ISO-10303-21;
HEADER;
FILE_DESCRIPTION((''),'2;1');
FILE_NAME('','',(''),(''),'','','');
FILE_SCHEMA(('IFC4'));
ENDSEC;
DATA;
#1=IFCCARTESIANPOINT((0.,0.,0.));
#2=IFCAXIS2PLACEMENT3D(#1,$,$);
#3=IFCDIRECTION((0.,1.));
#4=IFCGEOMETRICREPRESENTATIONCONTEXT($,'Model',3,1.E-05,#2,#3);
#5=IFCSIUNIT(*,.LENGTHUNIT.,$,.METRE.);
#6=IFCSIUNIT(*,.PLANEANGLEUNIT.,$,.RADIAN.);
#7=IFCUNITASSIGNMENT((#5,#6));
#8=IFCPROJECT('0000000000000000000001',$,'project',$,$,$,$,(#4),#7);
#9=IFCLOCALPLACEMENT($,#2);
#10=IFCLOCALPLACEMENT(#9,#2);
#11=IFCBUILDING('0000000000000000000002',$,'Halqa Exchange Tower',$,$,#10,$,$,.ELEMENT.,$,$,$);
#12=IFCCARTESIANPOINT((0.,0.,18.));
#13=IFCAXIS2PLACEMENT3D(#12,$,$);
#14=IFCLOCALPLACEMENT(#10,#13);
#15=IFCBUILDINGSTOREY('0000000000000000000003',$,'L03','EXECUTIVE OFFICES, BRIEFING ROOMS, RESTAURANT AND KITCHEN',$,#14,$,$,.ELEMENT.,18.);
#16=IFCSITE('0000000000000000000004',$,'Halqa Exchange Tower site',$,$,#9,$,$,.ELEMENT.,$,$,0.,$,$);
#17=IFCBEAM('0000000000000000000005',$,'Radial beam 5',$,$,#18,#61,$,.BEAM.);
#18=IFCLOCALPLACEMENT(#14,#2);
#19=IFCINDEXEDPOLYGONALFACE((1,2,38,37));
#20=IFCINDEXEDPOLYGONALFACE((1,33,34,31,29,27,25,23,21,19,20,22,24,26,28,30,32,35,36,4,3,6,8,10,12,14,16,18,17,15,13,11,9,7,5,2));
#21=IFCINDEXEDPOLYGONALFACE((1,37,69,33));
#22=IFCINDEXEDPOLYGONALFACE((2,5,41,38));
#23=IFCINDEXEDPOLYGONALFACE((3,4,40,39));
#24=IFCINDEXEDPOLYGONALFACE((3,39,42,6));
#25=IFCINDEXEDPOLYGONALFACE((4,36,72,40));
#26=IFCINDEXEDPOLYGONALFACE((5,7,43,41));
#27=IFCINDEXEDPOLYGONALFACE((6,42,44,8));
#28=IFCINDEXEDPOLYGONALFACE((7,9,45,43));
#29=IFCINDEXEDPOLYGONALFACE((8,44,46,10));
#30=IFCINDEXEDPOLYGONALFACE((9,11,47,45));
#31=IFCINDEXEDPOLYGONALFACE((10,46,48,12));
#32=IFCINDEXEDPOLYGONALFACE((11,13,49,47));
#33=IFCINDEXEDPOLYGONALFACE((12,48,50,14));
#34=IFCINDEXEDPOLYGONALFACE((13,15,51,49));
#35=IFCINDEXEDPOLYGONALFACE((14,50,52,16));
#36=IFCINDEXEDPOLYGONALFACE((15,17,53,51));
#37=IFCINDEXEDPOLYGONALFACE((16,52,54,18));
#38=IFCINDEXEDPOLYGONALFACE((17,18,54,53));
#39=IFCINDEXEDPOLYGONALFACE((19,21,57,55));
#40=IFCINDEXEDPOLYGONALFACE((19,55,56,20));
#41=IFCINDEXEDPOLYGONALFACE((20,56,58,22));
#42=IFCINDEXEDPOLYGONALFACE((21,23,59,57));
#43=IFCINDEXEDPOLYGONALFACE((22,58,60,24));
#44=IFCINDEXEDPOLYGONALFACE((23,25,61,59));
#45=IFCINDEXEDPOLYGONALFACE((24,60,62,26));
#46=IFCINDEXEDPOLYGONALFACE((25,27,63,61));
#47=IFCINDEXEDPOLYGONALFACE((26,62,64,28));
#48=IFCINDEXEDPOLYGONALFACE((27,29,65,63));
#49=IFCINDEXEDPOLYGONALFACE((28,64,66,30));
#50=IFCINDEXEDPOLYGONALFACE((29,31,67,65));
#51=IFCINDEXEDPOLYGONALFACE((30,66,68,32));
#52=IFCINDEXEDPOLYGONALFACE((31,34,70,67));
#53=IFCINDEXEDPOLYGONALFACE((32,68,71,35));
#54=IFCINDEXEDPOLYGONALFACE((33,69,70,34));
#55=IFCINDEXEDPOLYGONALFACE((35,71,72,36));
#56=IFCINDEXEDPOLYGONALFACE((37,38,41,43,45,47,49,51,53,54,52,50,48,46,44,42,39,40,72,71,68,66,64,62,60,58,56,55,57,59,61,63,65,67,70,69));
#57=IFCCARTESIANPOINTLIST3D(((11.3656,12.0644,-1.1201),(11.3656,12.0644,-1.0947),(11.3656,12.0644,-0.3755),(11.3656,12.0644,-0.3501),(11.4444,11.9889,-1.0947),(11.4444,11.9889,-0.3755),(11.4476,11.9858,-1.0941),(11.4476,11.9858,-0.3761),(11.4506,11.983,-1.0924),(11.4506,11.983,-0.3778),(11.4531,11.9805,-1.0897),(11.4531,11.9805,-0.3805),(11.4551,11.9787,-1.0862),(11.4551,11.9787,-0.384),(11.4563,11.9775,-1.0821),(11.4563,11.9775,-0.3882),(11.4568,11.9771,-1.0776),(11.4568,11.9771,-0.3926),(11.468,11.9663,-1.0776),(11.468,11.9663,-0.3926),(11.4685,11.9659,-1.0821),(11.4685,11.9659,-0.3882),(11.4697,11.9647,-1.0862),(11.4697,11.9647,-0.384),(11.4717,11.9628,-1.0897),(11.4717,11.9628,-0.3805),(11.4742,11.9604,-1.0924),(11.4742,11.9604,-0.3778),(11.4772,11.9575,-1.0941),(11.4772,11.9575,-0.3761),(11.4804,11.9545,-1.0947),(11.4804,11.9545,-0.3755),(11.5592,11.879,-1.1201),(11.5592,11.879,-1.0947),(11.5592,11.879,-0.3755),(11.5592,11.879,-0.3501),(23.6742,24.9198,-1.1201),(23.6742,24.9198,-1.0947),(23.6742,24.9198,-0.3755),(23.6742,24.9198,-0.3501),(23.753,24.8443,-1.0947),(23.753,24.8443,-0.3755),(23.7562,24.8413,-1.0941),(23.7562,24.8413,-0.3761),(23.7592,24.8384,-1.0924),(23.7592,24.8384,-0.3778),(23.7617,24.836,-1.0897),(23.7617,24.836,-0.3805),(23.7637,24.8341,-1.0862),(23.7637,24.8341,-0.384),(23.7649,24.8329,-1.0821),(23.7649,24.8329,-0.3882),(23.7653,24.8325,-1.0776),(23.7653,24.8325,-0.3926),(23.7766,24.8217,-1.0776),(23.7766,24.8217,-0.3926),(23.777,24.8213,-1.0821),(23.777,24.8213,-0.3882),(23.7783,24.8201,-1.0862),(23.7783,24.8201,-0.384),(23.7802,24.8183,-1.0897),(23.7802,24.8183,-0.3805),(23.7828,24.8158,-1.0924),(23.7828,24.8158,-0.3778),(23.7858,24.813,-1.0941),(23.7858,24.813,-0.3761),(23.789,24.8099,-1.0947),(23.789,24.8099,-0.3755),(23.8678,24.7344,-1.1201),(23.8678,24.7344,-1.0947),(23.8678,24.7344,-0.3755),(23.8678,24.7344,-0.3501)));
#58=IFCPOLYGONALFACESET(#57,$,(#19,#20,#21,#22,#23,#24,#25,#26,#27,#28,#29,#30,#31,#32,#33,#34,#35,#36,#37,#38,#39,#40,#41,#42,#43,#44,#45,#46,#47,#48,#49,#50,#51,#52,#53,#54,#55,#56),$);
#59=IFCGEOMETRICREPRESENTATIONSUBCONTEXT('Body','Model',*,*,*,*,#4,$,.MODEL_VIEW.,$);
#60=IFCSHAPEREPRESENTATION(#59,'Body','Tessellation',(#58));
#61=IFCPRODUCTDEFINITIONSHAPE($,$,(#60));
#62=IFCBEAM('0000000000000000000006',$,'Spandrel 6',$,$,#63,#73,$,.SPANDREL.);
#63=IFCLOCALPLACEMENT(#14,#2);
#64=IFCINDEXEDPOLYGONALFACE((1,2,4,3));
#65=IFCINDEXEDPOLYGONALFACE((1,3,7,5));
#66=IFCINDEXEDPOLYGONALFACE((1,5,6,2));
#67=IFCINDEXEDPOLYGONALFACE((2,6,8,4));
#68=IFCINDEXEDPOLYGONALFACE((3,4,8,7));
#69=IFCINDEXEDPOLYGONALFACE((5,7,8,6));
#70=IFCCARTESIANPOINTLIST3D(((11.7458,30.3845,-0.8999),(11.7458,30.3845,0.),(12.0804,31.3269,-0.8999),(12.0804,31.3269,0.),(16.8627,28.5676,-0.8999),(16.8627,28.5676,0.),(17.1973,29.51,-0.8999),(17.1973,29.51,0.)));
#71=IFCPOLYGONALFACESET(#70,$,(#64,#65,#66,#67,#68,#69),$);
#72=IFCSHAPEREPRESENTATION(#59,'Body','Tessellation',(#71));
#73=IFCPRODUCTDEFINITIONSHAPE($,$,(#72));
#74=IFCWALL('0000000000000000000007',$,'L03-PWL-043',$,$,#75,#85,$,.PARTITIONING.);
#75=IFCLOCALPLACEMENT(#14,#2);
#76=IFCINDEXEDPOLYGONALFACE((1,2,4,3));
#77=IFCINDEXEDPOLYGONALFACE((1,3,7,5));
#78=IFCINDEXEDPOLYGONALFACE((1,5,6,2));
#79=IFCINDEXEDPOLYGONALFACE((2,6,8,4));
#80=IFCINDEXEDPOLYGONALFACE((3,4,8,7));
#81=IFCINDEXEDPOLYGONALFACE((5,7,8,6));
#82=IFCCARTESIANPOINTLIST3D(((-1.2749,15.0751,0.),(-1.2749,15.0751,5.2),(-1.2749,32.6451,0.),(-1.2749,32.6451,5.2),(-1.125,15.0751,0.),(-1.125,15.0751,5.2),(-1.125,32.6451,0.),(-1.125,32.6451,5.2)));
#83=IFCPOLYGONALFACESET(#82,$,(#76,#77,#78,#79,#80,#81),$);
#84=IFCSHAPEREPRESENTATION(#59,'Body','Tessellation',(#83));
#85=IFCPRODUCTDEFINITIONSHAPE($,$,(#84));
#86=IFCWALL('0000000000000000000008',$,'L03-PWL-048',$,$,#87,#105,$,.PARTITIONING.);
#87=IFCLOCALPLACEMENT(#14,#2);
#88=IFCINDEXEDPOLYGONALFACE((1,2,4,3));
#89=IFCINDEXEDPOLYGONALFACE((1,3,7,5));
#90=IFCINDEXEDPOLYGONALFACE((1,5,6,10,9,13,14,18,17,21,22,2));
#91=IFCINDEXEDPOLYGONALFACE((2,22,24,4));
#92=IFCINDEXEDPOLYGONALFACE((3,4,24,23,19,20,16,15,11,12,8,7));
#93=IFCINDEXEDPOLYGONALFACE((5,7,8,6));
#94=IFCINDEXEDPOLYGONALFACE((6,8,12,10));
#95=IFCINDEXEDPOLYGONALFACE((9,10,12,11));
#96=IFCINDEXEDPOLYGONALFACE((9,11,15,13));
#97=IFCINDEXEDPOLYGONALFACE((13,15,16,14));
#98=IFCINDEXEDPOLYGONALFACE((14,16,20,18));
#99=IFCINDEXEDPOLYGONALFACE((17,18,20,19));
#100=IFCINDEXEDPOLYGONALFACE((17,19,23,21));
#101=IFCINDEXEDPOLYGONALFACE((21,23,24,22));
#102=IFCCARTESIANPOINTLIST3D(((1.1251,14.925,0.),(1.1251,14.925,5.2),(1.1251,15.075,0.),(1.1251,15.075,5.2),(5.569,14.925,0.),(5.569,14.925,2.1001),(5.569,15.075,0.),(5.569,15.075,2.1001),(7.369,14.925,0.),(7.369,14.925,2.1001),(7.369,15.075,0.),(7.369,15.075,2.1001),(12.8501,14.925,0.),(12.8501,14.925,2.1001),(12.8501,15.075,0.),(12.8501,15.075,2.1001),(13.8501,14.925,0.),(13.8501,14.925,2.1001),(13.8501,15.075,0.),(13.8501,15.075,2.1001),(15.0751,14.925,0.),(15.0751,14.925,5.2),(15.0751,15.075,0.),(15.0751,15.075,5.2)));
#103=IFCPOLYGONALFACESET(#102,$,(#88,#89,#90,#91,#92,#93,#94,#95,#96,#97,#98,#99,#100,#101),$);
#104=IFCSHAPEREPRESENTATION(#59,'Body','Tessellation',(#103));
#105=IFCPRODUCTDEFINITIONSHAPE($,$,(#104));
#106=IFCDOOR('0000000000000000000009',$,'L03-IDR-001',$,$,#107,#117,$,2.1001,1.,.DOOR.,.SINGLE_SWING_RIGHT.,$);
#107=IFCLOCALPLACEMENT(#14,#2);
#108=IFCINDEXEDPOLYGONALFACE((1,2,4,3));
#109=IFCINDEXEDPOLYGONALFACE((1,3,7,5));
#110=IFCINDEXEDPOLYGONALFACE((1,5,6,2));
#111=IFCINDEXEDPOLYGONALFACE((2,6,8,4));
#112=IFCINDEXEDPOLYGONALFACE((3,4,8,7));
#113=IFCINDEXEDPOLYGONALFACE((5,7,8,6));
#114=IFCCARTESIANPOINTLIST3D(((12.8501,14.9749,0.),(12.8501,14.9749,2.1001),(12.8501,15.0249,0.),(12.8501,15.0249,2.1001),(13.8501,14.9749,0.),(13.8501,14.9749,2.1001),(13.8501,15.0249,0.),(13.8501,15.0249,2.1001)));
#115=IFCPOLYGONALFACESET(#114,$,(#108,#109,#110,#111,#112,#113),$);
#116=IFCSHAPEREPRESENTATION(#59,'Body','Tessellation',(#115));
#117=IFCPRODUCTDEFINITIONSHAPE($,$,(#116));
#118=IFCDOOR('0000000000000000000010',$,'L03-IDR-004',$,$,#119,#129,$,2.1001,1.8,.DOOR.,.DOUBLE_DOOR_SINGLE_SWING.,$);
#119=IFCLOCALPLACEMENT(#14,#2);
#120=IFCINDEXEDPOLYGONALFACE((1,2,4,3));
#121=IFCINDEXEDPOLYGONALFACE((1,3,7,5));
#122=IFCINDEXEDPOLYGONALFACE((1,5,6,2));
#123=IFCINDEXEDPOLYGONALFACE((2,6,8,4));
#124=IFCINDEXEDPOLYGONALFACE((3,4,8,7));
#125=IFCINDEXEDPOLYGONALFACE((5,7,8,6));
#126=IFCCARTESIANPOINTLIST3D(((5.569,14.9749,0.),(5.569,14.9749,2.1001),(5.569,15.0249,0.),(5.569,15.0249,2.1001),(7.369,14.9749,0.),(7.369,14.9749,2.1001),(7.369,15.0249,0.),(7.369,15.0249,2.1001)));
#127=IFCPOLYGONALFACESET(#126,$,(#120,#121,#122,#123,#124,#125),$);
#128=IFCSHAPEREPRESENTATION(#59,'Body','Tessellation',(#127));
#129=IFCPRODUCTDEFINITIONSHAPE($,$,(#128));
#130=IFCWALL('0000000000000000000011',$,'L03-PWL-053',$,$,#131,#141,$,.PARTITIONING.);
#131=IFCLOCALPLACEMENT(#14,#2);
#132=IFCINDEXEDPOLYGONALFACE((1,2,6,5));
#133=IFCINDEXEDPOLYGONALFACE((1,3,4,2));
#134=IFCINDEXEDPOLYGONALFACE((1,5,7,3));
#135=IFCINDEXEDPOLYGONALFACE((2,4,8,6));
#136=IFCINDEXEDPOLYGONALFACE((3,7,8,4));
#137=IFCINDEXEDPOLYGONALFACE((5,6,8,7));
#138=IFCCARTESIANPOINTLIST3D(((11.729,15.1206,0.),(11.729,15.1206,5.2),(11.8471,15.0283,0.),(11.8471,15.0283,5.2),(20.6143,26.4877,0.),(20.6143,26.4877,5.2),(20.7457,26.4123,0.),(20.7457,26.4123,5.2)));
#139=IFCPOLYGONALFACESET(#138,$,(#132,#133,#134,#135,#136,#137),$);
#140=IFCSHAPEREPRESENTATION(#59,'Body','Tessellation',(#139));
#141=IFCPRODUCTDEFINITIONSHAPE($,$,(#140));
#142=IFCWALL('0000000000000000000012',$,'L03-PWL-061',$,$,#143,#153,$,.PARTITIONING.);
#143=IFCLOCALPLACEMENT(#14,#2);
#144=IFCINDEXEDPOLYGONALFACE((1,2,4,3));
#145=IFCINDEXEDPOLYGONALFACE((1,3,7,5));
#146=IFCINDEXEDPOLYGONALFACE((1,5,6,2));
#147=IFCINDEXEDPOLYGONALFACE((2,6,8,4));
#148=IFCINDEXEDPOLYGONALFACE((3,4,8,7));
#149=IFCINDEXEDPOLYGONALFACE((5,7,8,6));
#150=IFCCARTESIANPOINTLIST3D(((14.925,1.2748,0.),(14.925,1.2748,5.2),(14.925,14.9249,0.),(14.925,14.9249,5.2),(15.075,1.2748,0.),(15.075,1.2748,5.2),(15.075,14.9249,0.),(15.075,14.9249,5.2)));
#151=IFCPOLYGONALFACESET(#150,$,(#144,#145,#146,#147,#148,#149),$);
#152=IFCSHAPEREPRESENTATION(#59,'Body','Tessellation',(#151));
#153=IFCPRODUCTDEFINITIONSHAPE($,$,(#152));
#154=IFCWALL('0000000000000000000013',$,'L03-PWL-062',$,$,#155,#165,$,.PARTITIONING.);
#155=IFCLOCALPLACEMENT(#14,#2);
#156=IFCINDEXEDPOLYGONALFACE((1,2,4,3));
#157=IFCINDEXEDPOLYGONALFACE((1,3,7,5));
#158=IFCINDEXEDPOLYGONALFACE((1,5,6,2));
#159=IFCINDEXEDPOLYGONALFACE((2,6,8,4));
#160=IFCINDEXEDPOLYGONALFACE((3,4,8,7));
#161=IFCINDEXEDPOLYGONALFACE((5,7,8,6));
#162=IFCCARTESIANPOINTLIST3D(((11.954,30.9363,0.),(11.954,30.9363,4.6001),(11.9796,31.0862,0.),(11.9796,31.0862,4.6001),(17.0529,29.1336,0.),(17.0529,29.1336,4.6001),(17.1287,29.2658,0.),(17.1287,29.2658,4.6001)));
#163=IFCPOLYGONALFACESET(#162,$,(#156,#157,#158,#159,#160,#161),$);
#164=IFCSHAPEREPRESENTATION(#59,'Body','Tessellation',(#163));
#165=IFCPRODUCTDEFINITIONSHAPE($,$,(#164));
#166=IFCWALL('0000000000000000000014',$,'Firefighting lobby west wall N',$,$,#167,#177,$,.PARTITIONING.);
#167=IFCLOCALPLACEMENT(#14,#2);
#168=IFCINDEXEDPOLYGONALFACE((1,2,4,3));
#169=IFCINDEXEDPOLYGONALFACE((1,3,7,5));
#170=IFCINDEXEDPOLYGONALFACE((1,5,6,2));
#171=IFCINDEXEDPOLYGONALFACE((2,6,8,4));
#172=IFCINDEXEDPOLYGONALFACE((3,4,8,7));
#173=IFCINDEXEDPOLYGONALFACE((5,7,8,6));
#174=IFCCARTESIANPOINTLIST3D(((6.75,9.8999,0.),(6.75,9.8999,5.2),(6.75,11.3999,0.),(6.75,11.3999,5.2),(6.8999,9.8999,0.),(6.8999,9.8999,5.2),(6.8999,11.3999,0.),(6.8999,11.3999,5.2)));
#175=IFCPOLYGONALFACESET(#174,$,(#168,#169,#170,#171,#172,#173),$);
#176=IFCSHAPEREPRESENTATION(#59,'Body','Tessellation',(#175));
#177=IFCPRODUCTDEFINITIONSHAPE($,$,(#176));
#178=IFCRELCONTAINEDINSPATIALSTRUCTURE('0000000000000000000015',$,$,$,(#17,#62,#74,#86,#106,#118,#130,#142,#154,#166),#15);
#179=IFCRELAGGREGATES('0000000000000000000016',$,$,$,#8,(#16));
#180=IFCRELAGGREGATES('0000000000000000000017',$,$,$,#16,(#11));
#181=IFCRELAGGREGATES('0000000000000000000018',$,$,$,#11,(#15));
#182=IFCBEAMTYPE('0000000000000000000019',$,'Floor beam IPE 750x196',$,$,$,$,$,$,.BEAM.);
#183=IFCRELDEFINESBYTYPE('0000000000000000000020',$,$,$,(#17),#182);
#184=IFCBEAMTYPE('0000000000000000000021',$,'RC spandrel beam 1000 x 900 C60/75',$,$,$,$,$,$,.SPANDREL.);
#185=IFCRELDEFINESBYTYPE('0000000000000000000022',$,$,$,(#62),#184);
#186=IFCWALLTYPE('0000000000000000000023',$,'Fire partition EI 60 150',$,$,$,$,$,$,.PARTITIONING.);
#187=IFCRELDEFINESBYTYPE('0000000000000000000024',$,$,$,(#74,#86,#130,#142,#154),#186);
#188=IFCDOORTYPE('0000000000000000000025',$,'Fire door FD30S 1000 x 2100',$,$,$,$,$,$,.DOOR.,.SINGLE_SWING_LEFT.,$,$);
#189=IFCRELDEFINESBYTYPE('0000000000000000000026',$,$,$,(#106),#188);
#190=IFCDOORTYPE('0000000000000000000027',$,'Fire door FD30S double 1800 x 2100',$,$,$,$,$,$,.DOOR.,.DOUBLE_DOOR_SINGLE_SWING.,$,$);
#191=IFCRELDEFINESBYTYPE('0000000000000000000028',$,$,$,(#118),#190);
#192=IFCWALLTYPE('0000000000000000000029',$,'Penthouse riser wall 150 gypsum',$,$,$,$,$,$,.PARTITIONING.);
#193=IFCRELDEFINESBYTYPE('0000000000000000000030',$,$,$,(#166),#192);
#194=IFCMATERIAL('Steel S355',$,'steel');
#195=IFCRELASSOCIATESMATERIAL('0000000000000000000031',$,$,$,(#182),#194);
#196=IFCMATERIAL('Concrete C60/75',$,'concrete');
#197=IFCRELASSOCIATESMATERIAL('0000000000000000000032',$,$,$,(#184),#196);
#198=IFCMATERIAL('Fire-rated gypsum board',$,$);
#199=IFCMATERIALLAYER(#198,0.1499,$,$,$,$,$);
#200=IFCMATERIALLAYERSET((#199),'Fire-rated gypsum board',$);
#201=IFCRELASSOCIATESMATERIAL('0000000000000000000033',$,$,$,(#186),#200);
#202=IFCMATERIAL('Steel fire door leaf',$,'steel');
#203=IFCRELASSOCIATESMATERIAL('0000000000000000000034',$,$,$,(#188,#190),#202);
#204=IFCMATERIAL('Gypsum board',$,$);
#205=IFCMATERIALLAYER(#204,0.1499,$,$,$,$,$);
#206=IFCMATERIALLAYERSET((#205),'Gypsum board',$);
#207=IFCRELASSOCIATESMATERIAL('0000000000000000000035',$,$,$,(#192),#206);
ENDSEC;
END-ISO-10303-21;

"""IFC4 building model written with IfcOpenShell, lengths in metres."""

from ifc_helpers import new_model, si_unit, direction, frame, frame_2d, origin, origin_2d, place, context, subcontext, project, spatial, polyline, rectangle, i_section, outline, extrude, material, layer, layer_set, material_profile, profile_set, type_object, element, fill, save


model = new_model("IFC4")

# Units and contexts
model_context = context("Model", 3, precision=1e-05, world=origin(), true_north=direction((0.0, 1.0)))
body_context = subcontext(model_context, "Body", "Model", "MODEL_VIEW")
ifc_project = project(units=[si_unit("LENGTHUNIT", "METRE"), si_unit("PLANEANGLEUNIT", "RADIAN")], contexts=[model_context])

# Site, building, storey
site_placement = place(None, origin())
site = spatial("IfcSite", under=ifc_project, at=site_placement, Name="Halqa Exchange Tower site", CompositionType="ELEMENT", RefElevation=0.0)
building_placement = place(site_placement, origin())
building = spatial("IfcBuilding", under=site, at=building_placement, Name="Halqa Exchange Tower", CompositionType="ELEMENT")
storey_placement = place(building_placement, frame((0.0, 0.0, 18.0)))
storey = spatial("IfcBuildingStorey", under=building, at=storey_placement, Name="L03", Description="EXECUTIVE OFFICES, BRIEFING ROOMS, RESTAURANT AND KITCHEN", CompositionType="ELEMENT", Elevation=18.0)

# Beams
ifc_material_1 = material(Name="Steel S355", Category="steel")
ifc_material_profile_1 = material_profile(ifc_material_1, i_section(OverallWidth=0.2681, OverallDepth=0.77, WebThickness=0.0156, FlangeThickness=0.0254, FilletRadius=0.0171, at=origin_2d()), Name="IPE 750x196")
ifc_profile_set_1 = profile_set([ifc_material_profile_1], Name="Steel S355")
beam_type_1 = type_object("IfcBeamType", Name="Floor beam IPE 750x196", PredefinedType="BEAM", material=ifc_profile_set_1)
beam_1_placement = place(storey_placement, frame((11.4624, 11.9717, -0.7351), z_axis=(0.691576, 0.722303, 0.0), x_axis=(-0.722303, 0.691576, 0.0)))
element("IfcBeam", 1, at=beam_1_placement, inside=storey, type_object=beam_type_1, Name="Radial beam 5", PredefinedType="BEAM", context=body_context, shape_type="SweptSolid", body=[
    extrude(i_section(OverallWidth=0.2681, OverallDepth=0.77, WebThickness=0.0156, FlangeThickness=0.0254, FilletRadius=0.0171, at=origin_2d()), origin(), (0.0, 0.0, 1.0), 17.7979),
])
ifc_material_2 = material(Name="Concrete C60/75", Category="concrete")
ifc_material_profile_2 = material_profile(ifc_material_2, rectangle(XDim=1.0, YDim=0.8999, at=origin_2d()), Name="1000 x 900")
ifc_profile_set_2 = profile_set([ifc_material_profile_2], Name="Concrete C60/75")
beam_type_2 = type_object("IfcBeamType", Name="RC spandrel beam 1000 x 900 C60/75", PredefinedType="SPANDREL", material=ifc_profile_set_2)
beam_2_placement = place(storey_placement, frame((17.03, 29.0388, -0.45), z_axis=(-0.942358, 0.334607, 0.0), x_axis=(-0.334607, -0.942358, 0.0)))
element("IfcBeam", 2, at=beam_2_placement, inside=storey, type_object=beam_type_2, Name="Spandrel 6", PredefinedType="SPANDREL", context=body_context, shape_type="SweptSolid", body=[
    extrude(rectangle(XDim=1.0, YDim=0.8999, at=origin_2d()), origin(), (0.0, 0.0, 1.0), 5.4299),
])

# Wall
ifc_material_3 = material(Name="Fire-rated gypsum board")
ifc_layer_1 = layer(ifc_material_3, 0.1499)
ifc_layer_set_1 = layer_set([ifc_layer_1], Name="Fire-rated gypsum board")
wall_type_1 = type_object("IfcWallType", Name="Fire partition EI 60 150", PredefinedType="PARTITIONING", material=ifc_layer_set_1)
wall_1_placement = place(storey_placement, frame((-1.2, 15.075, 0.0), z_axis=(0.0, 0.0, 1.0), x_axis=(0.0, 1.0, 0.0)))
element("IfcWall", 3, at=wall_1_placement, inside=storey, type_object=wall_type_1, Name="L03-PWL-043", PredefinedType="PARTITIONING", context=body_context, shape_type="SweptSolid", body=[
    extrude(rectangle(XDim=17.5701, YDim=0.1499, at=frame_2d((8.7852, 0.0))), origin(), (0.0, 0.0, 1.0), 5.2),
])

# Wall, openings, doors
wall_2_placement = place(storey_placement, frame((1.125, 15.0, 0.0), z_axis=(0.0, 0.0, 1.0), x_axis=(1.0, 0.0, 0.0)))
wall_2 = element("IfcWall", 4, at=wall_2_placement, inside=storey, type_object=wall_type_1, Name="L03-PWL-048", PredefinedType="PARTITIONING", context=body_context, shape_type="SweptSolid", body=[
    extrude(rectangle(XDim=13.95, YDim=0.1499, at=frame_2d((6.9751, 0.0))), origin(), (0.0, 0.0, 1.0), 5.2),
])
opening_1_placement = place(wall_2_placement, frame((11.7251, 0.0, 0.0)))
opening_1 = element("IfcOpeningElement", 5, at=opening_1_placement, cuts=wall_2, PredefinedType="OPENING", context=body_context, shape_type="SweptSolid", body=[
    extrude(rectangle(XDim=1.0, YDim=2.1001, at=frame_2d((0.5, 1.05))), frame((0.0, 0.0869, 0.0), z_axis=(0.0, -1.0, 0.0), x_axis=(1.0, 0.0, 0.0)), (0.0, 0.0, 1.0), 0.1738),
])
opening_2_placement = place(wall_2_placement, frame((4.4441, 0.0, 0.0)))
opening_2 = element("IfcOpeningElement", 6, at=opening_2_placement, cuts=wall_2, PredefinedType="OPENING", context=body_context, shape_type="SweptSolid", body=[
    extrude(rectangle(XDim=1.8, YDim=2.1001, at=frame_2d((0.8999, 1.05))), frame((0.0, 0.0869, 0.0), z_axis=(0.0, -1.0, 0.0), x_axis=(1.0, 0.0, 0.0)), (0.0, 0.0, 1.0), 0.1738),
])
ifc_material_4 = material(Name="Steel fire door leaf", Category="steel")
door_type_1 = type_object("IfcDoorType", Name="Fire door FD30S 1000 x 2100", OperationType="SINGLE_SWING_LEFT", PredefinedType="DOOR", material=ifc_material_4)
door_1_placement = place(opening_1_placement, origin())
door_1 = element("IfcDoor", 7, at=door_1_placement, inside=storey, type_object=door_type_1, Name="L03-IDR-001", OperationType="SINGLE_SWING_RIGHT", OverallHeight=2.1001, OverallWidth=1.0, PredefinedType="DOOR", context=body_context, shape_type="SweptSolid", body=[
    extrude(rectangle(XDim=1.0, YDim=2.1001, at=frame_2d((0.5, 1.05))), frame((0.0, 0.0249, 0.0), z_axis=(0.0, -1.0, 0.0), x_axis=(1.0, 0.0, 0.0)), (0.0, 0.0, 1.0), 0.05),
])
fill(opening_1, door_1)
door_type_2 = type_object("IfcDoorType", Name="Fire door FD30S double 1800 x 2100", OperationType="DOUBLE_DOOR_SINGLE_SWING", PredefinedType="DOOR", material=ifc_material_4)
door_2_placement = place(opening_2_placement, origin())
door_2 = element("IfcDoor", 8, at=door_2_placement, inside=storey, type_object=door_type_2, Name="L03-IDR-004", OperationType="DOUBLE_DOOR_SINGLE_SWING", OverallHeight=2.1001, OverallWidth=1.8, PredefinedType="DOOR", context=body_context, shape_type="SweptSolid", body=[
    extrude(rectangle(XDim=1.8, YDim=2.1001, at=frame_2d((0.8999, 1.05))), frame((0.0, 0.0249, 0.0), z_axis=(0.0, -1.0, 0.0), x_axis=(1.0, 0.0, 0.0)), (0.0, 0.0, 1.0), 0.05),
])
fill(opening_2, door_2)

# Walls
wall_3_placement = place(storey_placement, frame((11.7881, 15.0745, 0.0), z_axis=(0.0, 0.0, 1.0), x_axis=(0.615848, 0.787865, 0.0)))
element("IfcWall", 9, at=wall_3_placement, inside=storey, type_object=wall_type_1, Name="L03-PWL-053", PredefinedType="PARTITIONING", context=body_context, shape_type="SweptSolid", body=[
    extrude(outline(polyline([(0.0, -0.075), (14.4492, -0.075), (14.4277, 0.075), (0.0, 0.075), (0.0, -0.075)])), origin(), (0.0, 0.0, 1.0), 5.2),
])
wall_4_placement = place(storey_placement, frame((15.0, 14.925, 0.0), z_axis=(0.0, 0.0, 1.0), x_axis=(0.0, -1.0, 0.0)))
element("IfcWall", 10, at=wall_4_placement, inside=storey, type_object=wall_type_1, Name="L03-PWL-061", PredefinedType="PARTITIONING", context=body_context, shape_type="SweptSolid", body=[
    extrude(rectangle(XDim=13.6501, YDim=0.1499, at=frame_2d((6.8252, 0.0))), origin(), (0.0, 0.0, 1.0), 5.2),
])
wall_5_placement = place(storey_placement, frame((17.0908, 29.1997, 0.0), z_axis=(0.0, 0.0, 1.0), x_axis=(-0.942814, 0.333318, 0.0)))
element("IfcWall", 11, at=wall_5_placement, inside=storey, type_object=wall_type_1, Name="L03-PWL-062", PredefinedType="PARTITIONING", context=body_context, shape_type="SweptSolid", body=[
    extrude(outline(polyline([(-0.0137, -0.075), (5.4478, -0.075), (5.4219, 0.075), (0.0137, 0.075), (-0.0137, -0.075)])), origin(), (0.0, 0.0, 1.0), 4.6001),
])
ifc_material_5 = material(Name="Gypsum board")
ifc_layer_2 = layer(ifc_material_5, 0.1499)
ifc_layer_set_2 = layer_set([ifc_layer_2], Name="Gypsum board")
wall_type_2 = type_object("IfcWallType", Name="Penthouse riser wall 150 gypsum", PredefinedType="PARTITIONING", material=ifc_layer_set_2)
wall_6_placement = place(storey_placement, frame((6.825, 9.8999, 0.0), z_axis=(0.0, 0.0, 1.0), x_axis=(0.0, 1.0, 0.0)))
element("IfcWall", 12, at=wall_6_placement, inside=storey, type_object=wall_type_2, Name="Firefighting lobby west wall N", PredefinedType="PARTITIONING", context=body_context, shape_type="SweptSolid", body=[
    extrude(rectangle(XDim=1.5, YDim=0.1499, at=frame_2d((0.75, 0.0))), origin(), (0.0, 0.0, 1.0), 5.2),
])

save(model, "model.ifc")
